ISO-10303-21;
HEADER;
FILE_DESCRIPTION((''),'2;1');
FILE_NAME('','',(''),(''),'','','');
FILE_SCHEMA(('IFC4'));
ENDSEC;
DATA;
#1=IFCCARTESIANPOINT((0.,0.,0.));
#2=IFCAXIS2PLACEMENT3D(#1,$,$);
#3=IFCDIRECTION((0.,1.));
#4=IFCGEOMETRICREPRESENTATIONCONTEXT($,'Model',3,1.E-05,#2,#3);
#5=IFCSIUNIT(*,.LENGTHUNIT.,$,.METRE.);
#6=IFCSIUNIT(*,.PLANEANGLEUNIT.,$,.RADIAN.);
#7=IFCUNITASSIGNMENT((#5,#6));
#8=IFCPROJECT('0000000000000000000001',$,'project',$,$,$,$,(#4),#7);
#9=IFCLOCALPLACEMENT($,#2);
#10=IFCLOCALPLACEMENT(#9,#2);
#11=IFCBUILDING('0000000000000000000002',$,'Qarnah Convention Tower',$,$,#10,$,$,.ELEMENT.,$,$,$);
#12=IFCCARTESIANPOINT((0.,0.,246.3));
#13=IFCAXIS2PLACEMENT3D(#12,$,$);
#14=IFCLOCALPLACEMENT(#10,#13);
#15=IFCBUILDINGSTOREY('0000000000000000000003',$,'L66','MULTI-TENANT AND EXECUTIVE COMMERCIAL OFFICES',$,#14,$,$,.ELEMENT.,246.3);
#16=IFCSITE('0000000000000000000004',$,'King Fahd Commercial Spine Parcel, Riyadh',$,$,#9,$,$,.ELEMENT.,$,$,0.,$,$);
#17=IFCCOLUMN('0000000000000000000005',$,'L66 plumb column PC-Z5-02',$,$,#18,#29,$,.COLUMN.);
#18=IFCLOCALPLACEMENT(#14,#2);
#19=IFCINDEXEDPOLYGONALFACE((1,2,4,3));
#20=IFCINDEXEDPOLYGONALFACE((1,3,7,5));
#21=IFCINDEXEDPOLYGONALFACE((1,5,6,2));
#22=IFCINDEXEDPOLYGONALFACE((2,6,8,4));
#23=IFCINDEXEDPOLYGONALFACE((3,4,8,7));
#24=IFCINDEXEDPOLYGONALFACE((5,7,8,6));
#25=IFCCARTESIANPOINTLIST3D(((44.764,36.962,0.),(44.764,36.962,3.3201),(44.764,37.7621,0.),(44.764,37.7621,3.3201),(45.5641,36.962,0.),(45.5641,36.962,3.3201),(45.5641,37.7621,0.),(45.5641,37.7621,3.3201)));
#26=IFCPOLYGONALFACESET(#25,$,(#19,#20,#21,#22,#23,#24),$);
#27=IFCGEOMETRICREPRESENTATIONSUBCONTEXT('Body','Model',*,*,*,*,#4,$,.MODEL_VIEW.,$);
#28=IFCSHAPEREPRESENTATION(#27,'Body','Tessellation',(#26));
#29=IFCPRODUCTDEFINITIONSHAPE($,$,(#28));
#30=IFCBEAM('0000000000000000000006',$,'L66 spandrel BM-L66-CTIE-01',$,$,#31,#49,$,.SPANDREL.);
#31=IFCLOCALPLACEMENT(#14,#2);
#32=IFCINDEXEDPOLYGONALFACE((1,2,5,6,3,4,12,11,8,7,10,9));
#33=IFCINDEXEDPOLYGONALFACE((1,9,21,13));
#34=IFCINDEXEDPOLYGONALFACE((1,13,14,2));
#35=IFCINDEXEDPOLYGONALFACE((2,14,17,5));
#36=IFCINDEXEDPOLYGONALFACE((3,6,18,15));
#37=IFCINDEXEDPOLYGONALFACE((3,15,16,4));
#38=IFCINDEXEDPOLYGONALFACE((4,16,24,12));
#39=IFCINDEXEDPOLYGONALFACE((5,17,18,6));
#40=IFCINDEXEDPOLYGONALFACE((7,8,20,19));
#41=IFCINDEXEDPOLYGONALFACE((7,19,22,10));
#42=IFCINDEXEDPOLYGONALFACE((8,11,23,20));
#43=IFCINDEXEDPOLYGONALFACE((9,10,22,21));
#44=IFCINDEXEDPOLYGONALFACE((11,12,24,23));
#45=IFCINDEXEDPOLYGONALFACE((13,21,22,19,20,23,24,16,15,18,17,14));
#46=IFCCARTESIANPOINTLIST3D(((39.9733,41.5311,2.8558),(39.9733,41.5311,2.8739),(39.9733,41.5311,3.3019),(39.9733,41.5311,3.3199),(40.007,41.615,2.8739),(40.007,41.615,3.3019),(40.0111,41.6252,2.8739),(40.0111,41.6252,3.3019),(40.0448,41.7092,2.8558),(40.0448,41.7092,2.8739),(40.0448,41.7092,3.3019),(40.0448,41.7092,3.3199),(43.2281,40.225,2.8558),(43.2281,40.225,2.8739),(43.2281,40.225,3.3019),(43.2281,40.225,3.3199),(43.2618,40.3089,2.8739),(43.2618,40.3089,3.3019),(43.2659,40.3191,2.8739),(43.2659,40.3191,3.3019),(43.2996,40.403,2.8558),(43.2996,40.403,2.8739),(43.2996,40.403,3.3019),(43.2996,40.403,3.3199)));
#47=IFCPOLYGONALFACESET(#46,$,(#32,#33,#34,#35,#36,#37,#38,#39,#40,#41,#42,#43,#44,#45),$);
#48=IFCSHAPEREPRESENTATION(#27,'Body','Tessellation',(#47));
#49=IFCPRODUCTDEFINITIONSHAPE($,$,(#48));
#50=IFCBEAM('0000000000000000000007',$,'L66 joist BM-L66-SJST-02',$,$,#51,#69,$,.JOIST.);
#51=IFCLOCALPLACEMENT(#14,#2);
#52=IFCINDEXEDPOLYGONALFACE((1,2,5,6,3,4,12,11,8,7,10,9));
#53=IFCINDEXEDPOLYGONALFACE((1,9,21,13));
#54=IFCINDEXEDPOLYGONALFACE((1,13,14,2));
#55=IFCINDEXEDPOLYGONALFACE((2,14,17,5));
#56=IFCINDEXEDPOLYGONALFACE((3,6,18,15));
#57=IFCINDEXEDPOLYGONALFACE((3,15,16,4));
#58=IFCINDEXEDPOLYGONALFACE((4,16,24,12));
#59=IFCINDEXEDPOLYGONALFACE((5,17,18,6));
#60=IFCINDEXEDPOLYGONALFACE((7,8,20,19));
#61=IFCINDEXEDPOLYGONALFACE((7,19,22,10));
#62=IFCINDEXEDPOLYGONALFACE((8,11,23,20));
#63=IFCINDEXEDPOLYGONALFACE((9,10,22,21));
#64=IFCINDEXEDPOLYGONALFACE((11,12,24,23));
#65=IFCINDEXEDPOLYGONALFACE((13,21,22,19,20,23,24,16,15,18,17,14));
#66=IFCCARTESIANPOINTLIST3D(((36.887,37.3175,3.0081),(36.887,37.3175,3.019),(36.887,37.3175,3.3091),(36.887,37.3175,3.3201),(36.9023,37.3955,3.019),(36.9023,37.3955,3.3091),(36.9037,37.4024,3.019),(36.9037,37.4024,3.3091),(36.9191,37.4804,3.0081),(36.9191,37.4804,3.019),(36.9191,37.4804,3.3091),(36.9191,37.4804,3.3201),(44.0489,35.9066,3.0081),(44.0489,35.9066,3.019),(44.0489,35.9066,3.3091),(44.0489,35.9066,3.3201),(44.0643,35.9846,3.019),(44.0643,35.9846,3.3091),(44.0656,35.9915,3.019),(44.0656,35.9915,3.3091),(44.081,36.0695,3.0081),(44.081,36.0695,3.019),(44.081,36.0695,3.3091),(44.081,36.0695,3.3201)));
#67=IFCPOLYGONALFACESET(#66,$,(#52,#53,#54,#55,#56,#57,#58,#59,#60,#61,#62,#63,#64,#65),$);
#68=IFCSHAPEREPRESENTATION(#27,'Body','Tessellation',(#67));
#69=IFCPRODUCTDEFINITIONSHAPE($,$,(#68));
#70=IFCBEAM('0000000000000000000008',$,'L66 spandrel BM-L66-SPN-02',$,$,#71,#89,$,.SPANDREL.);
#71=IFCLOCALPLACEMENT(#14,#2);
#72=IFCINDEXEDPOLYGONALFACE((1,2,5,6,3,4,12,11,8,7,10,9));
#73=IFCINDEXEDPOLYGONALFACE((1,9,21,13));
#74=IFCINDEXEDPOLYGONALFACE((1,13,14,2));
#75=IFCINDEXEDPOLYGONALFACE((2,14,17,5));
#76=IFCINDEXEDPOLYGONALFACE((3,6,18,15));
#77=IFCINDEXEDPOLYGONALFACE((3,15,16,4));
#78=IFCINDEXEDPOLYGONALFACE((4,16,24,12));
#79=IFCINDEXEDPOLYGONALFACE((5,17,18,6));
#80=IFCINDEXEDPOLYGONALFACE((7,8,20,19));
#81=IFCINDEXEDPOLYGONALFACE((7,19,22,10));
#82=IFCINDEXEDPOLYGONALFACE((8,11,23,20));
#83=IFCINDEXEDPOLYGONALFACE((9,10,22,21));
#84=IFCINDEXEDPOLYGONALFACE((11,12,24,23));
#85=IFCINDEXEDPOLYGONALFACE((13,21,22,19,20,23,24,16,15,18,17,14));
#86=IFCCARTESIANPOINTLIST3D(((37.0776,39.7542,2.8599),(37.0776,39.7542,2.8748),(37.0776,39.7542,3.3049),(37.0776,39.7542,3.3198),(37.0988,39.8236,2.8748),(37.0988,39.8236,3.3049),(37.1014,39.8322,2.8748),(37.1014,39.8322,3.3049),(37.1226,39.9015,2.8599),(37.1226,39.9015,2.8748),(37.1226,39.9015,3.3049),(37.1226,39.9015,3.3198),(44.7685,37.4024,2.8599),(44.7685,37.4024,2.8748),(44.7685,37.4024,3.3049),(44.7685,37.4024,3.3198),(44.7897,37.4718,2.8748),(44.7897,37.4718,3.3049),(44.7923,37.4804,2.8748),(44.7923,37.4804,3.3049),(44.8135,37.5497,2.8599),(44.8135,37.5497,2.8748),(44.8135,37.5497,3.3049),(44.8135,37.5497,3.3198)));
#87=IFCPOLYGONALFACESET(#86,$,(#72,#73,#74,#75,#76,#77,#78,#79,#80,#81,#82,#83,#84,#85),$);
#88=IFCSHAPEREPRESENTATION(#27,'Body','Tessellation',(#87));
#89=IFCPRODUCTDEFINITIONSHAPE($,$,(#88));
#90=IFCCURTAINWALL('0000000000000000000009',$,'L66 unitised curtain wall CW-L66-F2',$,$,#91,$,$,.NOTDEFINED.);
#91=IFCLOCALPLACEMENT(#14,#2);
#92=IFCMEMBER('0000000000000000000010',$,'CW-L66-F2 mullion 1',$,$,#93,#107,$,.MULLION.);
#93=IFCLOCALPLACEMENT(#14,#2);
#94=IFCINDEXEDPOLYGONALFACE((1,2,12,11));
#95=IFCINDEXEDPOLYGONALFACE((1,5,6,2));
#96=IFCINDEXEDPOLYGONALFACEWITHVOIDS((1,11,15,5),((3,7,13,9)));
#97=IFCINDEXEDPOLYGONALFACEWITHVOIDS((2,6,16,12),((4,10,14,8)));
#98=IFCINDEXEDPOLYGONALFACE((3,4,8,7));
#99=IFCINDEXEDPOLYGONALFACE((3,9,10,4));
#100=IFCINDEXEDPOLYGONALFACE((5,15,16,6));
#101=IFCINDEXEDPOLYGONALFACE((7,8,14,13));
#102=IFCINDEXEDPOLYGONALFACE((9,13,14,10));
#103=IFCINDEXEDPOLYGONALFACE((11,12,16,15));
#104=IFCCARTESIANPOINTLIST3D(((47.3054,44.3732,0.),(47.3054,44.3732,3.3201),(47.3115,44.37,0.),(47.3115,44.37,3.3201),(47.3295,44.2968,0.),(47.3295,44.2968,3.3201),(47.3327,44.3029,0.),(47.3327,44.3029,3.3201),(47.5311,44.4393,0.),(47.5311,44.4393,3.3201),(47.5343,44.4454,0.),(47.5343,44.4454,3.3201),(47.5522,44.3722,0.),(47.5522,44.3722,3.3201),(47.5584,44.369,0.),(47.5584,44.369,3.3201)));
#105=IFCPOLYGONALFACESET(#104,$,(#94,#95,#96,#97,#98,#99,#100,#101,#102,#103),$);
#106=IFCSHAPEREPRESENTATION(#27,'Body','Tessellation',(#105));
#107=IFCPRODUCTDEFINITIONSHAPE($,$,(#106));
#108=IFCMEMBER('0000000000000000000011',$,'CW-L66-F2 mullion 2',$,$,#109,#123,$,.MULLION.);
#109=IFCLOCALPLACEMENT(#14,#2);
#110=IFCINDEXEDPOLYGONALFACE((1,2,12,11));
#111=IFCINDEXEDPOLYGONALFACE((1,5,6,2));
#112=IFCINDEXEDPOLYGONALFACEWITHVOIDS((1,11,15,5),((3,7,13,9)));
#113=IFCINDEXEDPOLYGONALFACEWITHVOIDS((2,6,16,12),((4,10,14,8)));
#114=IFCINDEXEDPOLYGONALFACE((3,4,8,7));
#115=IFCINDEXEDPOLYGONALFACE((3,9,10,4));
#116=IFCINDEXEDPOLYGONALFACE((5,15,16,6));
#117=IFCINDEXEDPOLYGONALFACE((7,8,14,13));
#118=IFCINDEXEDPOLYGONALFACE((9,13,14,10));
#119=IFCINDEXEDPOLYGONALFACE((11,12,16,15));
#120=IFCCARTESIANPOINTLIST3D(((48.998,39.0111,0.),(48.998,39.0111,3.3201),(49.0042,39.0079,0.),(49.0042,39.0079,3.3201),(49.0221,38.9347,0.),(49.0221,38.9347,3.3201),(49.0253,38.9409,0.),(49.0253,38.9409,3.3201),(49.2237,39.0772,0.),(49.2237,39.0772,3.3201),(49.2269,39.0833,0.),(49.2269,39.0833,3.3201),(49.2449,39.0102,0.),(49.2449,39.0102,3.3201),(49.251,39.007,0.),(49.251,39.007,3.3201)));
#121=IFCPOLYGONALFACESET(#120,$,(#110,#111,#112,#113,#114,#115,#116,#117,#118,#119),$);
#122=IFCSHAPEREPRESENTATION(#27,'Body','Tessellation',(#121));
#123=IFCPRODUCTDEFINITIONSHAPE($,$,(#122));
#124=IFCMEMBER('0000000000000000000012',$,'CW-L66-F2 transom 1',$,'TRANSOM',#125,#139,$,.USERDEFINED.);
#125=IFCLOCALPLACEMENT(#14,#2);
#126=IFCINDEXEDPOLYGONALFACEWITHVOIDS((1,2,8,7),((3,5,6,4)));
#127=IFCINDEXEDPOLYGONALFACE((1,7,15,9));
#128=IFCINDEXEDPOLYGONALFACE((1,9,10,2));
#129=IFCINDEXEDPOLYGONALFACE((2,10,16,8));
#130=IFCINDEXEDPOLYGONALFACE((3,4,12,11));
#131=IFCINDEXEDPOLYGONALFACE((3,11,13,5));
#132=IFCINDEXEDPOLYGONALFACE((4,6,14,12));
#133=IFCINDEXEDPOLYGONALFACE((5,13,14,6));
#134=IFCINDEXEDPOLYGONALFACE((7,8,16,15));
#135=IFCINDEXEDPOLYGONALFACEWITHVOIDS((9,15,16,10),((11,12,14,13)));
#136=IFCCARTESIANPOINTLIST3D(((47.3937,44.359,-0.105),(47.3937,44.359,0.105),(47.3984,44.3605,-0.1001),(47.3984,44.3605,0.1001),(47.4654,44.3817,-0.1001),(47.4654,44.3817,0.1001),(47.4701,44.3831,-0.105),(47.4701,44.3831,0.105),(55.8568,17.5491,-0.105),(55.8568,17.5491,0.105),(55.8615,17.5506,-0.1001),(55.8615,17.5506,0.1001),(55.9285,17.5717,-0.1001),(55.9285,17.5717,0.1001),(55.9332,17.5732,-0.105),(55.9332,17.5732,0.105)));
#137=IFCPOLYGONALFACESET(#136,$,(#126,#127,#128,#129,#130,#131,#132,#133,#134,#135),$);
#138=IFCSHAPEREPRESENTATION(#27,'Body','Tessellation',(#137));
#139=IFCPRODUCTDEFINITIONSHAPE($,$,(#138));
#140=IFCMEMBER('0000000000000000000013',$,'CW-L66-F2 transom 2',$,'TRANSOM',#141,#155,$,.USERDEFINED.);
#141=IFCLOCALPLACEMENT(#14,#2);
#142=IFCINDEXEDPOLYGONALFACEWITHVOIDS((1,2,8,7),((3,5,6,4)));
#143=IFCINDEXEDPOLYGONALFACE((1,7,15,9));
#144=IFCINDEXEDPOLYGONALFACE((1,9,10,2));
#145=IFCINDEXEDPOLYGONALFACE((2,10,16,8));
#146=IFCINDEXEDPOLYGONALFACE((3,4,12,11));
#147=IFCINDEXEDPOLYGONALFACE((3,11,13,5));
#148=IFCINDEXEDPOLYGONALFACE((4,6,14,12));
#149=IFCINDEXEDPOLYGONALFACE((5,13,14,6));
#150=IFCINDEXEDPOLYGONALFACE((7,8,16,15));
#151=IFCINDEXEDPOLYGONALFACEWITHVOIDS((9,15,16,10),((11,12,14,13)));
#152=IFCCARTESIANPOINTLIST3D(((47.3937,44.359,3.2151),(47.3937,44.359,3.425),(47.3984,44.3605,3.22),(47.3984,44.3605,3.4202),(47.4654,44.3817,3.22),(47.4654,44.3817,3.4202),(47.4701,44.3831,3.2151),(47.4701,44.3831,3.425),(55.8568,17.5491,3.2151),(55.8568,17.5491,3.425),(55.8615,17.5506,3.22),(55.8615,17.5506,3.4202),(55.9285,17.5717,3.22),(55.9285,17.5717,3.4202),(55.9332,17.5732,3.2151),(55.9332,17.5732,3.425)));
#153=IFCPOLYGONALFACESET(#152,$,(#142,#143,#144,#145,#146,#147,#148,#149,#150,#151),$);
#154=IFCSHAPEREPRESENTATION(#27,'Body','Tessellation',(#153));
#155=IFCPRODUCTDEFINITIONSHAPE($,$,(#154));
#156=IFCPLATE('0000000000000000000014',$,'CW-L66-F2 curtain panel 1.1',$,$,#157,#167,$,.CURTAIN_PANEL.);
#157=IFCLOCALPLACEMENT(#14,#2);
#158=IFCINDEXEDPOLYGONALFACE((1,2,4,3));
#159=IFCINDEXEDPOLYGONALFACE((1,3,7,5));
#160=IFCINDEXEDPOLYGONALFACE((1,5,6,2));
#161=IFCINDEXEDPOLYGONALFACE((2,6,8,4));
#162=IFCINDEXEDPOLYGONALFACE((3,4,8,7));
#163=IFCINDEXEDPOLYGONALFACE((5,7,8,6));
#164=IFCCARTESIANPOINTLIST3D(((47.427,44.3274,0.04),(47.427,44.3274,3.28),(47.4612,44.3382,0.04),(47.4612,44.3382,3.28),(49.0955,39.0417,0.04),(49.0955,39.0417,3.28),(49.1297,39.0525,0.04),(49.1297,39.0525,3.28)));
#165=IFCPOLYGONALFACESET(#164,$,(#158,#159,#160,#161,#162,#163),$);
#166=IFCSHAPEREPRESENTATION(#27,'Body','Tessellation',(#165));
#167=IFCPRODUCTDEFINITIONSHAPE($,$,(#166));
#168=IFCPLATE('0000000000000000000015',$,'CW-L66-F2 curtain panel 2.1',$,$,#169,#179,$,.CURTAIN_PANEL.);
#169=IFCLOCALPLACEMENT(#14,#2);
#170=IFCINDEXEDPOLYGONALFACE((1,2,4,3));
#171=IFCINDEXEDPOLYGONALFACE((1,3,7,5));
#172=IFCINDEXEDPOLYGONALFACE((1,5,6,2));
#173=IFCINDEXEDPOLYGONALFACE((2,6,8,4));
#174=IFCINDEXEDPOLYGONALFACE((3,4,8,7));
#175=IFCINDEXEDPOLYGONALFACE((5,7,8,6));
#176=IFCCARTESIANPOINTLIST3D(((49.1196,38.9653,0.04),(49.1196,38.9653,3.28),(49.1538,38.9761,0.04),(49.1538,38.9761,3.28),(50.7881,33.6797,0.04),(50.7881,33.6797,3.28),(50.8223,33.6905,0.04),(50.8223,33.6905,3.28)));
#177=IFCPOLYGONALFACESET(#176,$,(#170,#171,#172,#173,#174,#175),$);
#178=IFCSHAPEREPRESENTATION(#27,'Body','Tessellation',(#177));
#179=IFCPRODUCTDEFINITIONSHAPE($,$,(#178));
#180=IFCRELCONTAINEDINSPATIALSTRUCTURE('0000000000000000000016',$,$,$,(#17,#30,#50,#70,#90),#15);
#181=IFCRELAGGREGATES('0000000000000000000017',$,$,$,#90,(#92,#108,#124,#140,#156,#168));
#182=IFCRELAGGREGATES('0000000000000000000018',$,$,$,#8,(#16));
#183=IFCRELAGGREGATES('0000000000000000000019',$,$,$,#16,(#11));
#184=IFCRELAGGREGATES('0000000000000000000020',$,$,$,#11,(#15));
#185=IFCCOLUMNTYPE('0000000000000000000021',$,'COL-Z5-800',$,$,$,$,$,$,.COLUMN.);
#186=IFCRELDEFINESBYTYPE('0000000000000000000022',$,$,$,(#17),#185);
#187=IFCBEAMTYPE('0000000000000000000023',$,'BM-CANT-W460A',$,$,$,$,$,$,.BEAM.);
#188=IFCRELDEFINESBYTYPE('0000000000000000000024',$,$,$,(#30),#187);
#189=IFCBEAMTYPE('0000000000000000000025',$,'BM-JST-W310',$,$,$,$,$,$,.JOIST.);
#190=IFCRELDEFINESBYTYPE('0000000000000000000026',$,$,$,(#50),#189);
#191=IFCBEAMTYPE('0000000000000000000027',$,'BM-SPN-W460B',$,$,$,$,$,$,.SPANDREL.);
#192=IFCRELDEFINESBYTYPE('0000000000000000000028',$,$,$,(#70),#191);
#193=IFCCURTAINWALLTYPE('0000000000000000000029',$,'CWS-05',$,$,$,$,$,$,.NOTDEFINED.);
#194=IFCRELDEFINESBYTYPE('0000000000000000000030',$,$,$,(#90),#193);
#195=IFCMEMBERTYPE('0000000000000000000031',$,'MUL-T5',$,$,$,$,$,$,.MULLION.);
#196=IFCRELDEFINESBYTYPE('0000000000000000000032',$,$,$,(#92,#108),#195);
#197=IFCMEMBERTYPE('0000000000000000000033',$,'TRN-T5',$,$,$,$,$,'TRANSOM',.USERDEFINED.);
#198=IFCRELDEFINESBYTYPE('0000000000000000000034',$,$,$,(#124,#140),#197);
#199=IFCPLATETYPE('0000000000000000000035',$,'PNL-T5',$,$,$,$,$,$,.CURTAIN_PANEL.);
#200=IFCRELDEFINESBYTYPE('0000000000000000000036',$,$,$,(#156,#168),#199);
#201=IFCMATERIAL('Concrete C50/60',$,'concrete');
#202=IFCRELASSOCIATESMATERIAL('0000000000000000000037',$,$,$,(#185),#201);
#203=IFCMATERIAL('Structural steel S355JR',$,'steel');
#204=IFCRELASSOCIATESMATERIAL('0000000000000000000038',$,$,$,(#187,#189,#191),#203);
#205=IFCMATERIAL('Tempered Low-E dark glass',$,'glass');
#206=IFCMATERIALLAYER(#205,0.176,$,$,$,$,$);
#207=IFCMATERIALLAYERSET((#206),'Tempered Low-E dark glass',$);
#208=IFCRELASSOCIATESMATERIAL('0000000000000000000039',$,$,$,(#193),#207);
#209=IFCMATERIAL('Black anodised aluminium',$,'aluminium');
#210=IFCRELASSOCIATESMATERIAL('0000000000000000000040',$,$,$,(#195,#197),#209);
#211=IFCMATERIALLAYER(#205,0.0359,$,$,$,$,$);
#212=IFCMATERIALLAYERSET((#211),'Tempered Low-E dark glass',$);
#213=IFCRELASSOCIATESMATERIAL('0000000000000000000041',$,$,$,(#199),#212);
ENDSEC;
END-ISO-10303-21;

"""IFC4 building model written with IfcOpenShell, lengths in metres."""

from ifc_helpers import new_model, si_unit, direction, frame, origin, origin_2d, place, context, subcontext, project, spatial, rectangle, hollow_rectangle, i_section, extrude, material, layer, layer_set, material_profile, profile_set, type_object, element, aggregate, save


model = new_model("IFC4")

# Units and contexts
model_context = context("Model", 3, precision=1e-05, world=origin(), true_north=direction((0.0, 1.0)))
body_context = subcontext(model_context, "Body", "Model", "MODEL_VIEW")
ifc_project = project(units=[si_unit("LENGTHUNIT", "METRE"), si_unit("PLANEANGLEUNIT", "RADIAN")], contexts=[model_context])

# Site, building, storey
site_placement = place(None, origin())
site = spatial("IfcSite", under=ifc_project, at=site_placement, Name="King Fahd Commercial Spine Parcel, Riyadh", CompositionType="ELEMENT", RefElevation=0.0)
building_placement = place(site_placement, origin())
building = spatial("IfcBuilding", under=site, at=building_placement, Name="Qarnah Convention Tower", CompositionType="ELEMENT")
storey_placement = place(building_placement, frame((0.0, 0.0, 246.3)))
storey = spatial("IfcBuildingStorey", under=building, at=storey_placement, Name="L66", Description="MULTI-TENANT AND EXECUTIVE COMMERCIAL OFFICES", CompositionType="ELEMENT", Elevation=246.3)

# Column
ifc_material_1 = material(Name="Concrete C50/60", Category="concrete")
ifc_material_profile_1 = material_profile(ifc_material_1, rectangle(XDim=0.8, YDim=0.8, at=origin_2d()), Name="RC-COL-800X800")
ifc_profile_set_1 = profile_set([ifc_material_profile_1], Name="Concrete C50/60")
column_type = type_object("IfcColumnType", Name="COL-Z5-800", PredefinedType="COLUMN", material=ifc_profile_set_1)
column_placement = place(storey_placement, frame((45.1641, 37.3621, 0.0), z_axis=(0.0, 0.0, 1.0), x_axis=(1.0, 0.0, 0.0)))
element("IfcColumn", 1, at=column_placement, inside=storey, type_object=column_type, Name="L66 plumb column PC-Z5-02", PredefinedType="COLUMN", context=body_context, shape_type="SweptSolid", body=[
    extrude(rectangle(XDim=0.8, YDim=0.8, at=origin_2d()), origin(), (0.0, 0.0, 1.0), 3.3201),
])

# Beams
ifc_material_2 = material(Name="Structural steel S355JR", Category="steel")
ifc_material_profile_2 = material_profile(ifc_material_2, i_section(OverallWidth=0.1919, OverallDepth=0.4641, WebThickness=0.011, FlangeThickness=0.0181, at=origin_2d()), Name="W460X89")
ifc_profile_set_2 = profile_set([ifc_material_profile_2], Name="Structural steel S355JR")
beam_type_1 = type_object("IfcBeamType", Name="BM-CANT-W460A", PredefinedType="BEAM", material=ifc_profile_set_2)
beam_1_placement = place(storey_placement, frame((40.009, 41.6201, 3.0879), z_axis=(0.928063, -0.372423, 0.0), x_axis=(0.372423, 0.928063, 0.0)))
element("IfcBeam", 2, at=beam_1_placement, inside=storey, type_object=beam_type_1, Name="L66 spandrel BM-L66-CTIE-01", PredefinedType="SPANDREL", context=body_context, shape_type="SweptSolid", body=[
    extrude(i_section(OverallWidth=0.1919, OverallDepth=0.4641, WebThickness=0.011, FlangeThickness=0.0181, at=origin_2d()), origin(), (0.0, 0.0, 1.0), 3.5071),
])
ifc_material_profile_3 = material_profile(ifc_material_2, i_section(OverallWidth=0.166, OverallDepth=0.312, WebThickness=0.0071, FlangeThickness=0.011, at=origin_2d()), Name="W310X45")
ifc_profile_set_3 = profile_set([ifc_material_profile_3], Name="Structural steel S355JR")
beam_type_2 = type_object("IfcBeamType", Name="BM-JST-W310", PredefinedType="JOIST", material=ifc_profile_set_3)
beam_2_placement = place(storey_placement, frame((44.0649, 35.988, 3.1641), z_axis=(-0.981143, 0.193285, 0.0), x_axis=(-0.193285, -0.981143, 0.0)))
element("IfcBeam", 3, at=beam_2_placement, inside=storey, type_object=beam_type_2, Name="L66 joist BM-L66-SJST-02", PredefinedType="JOIST", context=body_context, shape_type="SweptSolid", body=[
    extrude(i_section(OverallWidth=0.166, OverallDepth=0.312, WebThickness=0.0071, FlangeThickness=0.011, at=origin_2d()), origin(), (0.0, 0.0, 1.0), 7.2996),
])
ifc_material_profile_4 = material_profile(ifc_material_2, i_section(OverallWidth=0.1541, OverallDepth=0.46, WebThickness=0.009, FlangeThickness=0.0149, at=origin_2d()), Name="W460X68")
ifc_profile_set_4 = profile_set([ifc_material_profile_4], Name="Structural steel S355JR")
beam_type_3 = type_object("IfcBeamType", Name="BM-SPN-W460B", PredefinedType="SPANDREL", material=ifc_profile_set_4)
beam_3_placement = place(storey_placement, frame((44.791, 37.4761, 3.0898), z_axis=(-0.956289, 0.292424, 0.0), x_axis=(-0.292424, -0.956289, 0.0)))
element("IfcBeam", 4, at=beam_3_placement, inside=storey, type_object=beam_type_3, Name="L66 spandrel BM-L66-SPN-02", PredefinedType="SPANDREL", context=body_context, shape_type="SweptSolid", body=[
    extrude(i_section(OverallWidth=0.1541, OverallDepth=0.46, WebThickness=0.009, FlangeThickness=0.0149, at=origin_2d()), origin(), (0.0, 0.0, 1.0), 8.0425),
])

# Curtain wall, members, plates
ifc_material_3 = material(Name="Tempered Low-E dark glass", Category="glass")
ifc_layer_1 = layer(ifc_material_3, 0.176)
ifc_layer_set_1 = layer_set([ifc_layer_1], Name="Tempered Low-E dark glass")
curtain_wall_type = type_object("IfcCurtainWallType", Name="CWS-05", PredefinedType="NOTDEFINED", material=ifc_layer_set_1)
curtain_wall_placement = place(storey_placement, origin())
curtain_wall = element("IfcCurtainWall", 5, at=curtain_wall_placement, inside=storey, type_object=curtain_wall_type, Name="L66 unitised curtain wall CW-L66-F2", PredefinedType="NOTDEFINED")
ifc_material_4 = material(Name="Black anodised aluminium", Category="aluminium")
ifc_material_profile_5 = material_profile(ifc_material_4, hollow_rectangle(XDim=0.0801, YDim=0.24, WallThickness=0.0049, at=origin_2d()), Name="MUL-80X240")
ifc_profile_set_5 = profile_set([ifc_material_profile_5], Name="Black anodised aluminium")
member_type_1 = type_object("IfcMemberType", Name="MUL-T5", PredefinedType="MULLION", material=ifc_profile_set_5)
member_1_placement = place(storey_placement, frame((47.4319, 44.3711, 0.0), z_axis=(0.0, 0.0, 1.0), x_axis=(0.301024, -0.953617, 0.0)))
member_1 = element("IfcMember", 6, at=member_1_placement, type_object=member_type_1, Name="CW-L66-F2 mullion 1", PredefinedType="MULLION", context=body_context, shape_type="SweptSolid", body=[
    extrude(hollow_rectangle(XDim=0.0801, YDim=0.24, WallThickness=0.0049, at=origin_2d()), origin(), (0.0, 0.0, 1.0), 3.3201),
])
member_2_placement = place(storey_placement, frame((49.1245, 39.009, 0.0), z_axis=(0.0, 0.0, 1.0), x_axis=(0.301024, -0.953617, 0.0)))
member_2 = element("IfcMember", 7, at=member_2_placement, type_object=member_type_1, Name="CW-L66-F2 mullion 2", PredefinedType="MULLION", context=body_context, shape_type="SweptSolid", body=[
    extrude(hollow_rectangle(XDim=0.0801, YDim=0.24, WallThickness=0.0049, at=origin_2d()), origin(), (0.0, 0.0, 1.0), 3.3201),
])
ifc_material_profile_6 = material_profile(ifc_material_4, hollow_rectangle(XDim=0.0801, YDim=0.21, WallThickness=0.0049, at=origin_2d()), Name="TRN-80X210")
ifc_profile_set_6 = profile_set([ifc_material_profile_6], Name="Black anodised aluminium")
member_type_2 = type_object("IfcMemberType", Name="TRN-T5", ElementType="TRANSOM", PredefinedType="USERDEFINED", material=ifc_profile_set_6)
member_3_placement = place(storey_placement, frame((47.4319, 44.3711, 0.0), z_axis=(0.301028, -0.953615, 0.0), x_axis=(0.953615, 0.301028, 0.0)))
member_3 = element("IfcMember", 8, at=member_3_placement, type_object=member_type_2, Name="CW-L66-F2 transom 1", ObjectType="TRANSOM", PredefinedType="USERDEFINED", context=body_context, shape_type="SweptSolid", body=[
    extrude(hollow_rectangle(XDim=0.0801, YDim=0.21, WallThickness=0.0049, at=origin_2d()), origin(), (0.0, 0.0, 1.0), 28.114),
])
member_4_placement = place(storey_placement, frame((47.4319, 44.3711, 3.3201), z_axis=(0.301028, -0.953615, 0.0), x_axis=(0.953615, 0.301028, 0.0)))
member_4 = element("IfcMember", 9, at=member_4_placement, type_object=member_type_2, Name="CW-L66-F2 transom 2", ObjectType="TRANSOM", PredefinedType="USERDEFINED", context=body_context, shape_type="SweptSolid", body=[
    extrude(hollow_rectangle(XDim=0.0801, YDim=0.21, WallThickness=0.0049, at=origin_2d()), origin(), (0.0, 0.0, 1.0), 28.114),
])
ifc_layer_2 = layer(ifc_material_3, 0.0359)
ifc_layer_set_2 = layer_set([ifc_layer_2], Name="Tempered Low-E dark glass")
plate_type_1 = type_object("IfcPlateType", Name="PNL-T5", PredefinedType="CURTAIN_PANEL", material=ifc_layer_set_2)
plate_1_placement = place(storey_placement, frame((48.2783, 41.6899, 0.04), z_axis=(0.0, 0.0, 1.0), x_axis=(0.301024, -0.953617, 0.0)))
plate_1 = element("IfcPlate", 10, at=plate_1_placement, type_object=plate_type_1, Name="CW-L66-F2 curtain panel 1.1", PredefinedType="CURTAIN_PANEL", context=body_context, shape_type="SweptSolid", body=[
    extrude(rectangle(XDim=5.5427, YDim=0.0359, at=origin_2d()), origin(), (0.0, 0.0, 1.0), 3.24),
])
plate_2_placement = place(storey_placement, frame((49.9709, 36.3279, 0.04), z_axis=(0.0, 0.0, 1.0), x_axis=(0.301024, -0.953617, 0.0)))
plate_2 = element("IfcPlate", 11, at=plate_2_placement, type_object=plate_type_1, Name="CW-L66-F2 curtain panel 2.1", PredefinedType="CURTAIN_PANEL", context=body_context, shape_type="SweptSolid", body=[
    extrude(rectangle(XDim=5.5427, YDim=0.0359, at=origin_2d()), origin(), (0.0, 0.0, 1.0), 3.24),
])
aggregate(curtain_wall, [member_1, member_2, member_3, member_4, plate_1, plate_2])

save(model, "model.ifc")
